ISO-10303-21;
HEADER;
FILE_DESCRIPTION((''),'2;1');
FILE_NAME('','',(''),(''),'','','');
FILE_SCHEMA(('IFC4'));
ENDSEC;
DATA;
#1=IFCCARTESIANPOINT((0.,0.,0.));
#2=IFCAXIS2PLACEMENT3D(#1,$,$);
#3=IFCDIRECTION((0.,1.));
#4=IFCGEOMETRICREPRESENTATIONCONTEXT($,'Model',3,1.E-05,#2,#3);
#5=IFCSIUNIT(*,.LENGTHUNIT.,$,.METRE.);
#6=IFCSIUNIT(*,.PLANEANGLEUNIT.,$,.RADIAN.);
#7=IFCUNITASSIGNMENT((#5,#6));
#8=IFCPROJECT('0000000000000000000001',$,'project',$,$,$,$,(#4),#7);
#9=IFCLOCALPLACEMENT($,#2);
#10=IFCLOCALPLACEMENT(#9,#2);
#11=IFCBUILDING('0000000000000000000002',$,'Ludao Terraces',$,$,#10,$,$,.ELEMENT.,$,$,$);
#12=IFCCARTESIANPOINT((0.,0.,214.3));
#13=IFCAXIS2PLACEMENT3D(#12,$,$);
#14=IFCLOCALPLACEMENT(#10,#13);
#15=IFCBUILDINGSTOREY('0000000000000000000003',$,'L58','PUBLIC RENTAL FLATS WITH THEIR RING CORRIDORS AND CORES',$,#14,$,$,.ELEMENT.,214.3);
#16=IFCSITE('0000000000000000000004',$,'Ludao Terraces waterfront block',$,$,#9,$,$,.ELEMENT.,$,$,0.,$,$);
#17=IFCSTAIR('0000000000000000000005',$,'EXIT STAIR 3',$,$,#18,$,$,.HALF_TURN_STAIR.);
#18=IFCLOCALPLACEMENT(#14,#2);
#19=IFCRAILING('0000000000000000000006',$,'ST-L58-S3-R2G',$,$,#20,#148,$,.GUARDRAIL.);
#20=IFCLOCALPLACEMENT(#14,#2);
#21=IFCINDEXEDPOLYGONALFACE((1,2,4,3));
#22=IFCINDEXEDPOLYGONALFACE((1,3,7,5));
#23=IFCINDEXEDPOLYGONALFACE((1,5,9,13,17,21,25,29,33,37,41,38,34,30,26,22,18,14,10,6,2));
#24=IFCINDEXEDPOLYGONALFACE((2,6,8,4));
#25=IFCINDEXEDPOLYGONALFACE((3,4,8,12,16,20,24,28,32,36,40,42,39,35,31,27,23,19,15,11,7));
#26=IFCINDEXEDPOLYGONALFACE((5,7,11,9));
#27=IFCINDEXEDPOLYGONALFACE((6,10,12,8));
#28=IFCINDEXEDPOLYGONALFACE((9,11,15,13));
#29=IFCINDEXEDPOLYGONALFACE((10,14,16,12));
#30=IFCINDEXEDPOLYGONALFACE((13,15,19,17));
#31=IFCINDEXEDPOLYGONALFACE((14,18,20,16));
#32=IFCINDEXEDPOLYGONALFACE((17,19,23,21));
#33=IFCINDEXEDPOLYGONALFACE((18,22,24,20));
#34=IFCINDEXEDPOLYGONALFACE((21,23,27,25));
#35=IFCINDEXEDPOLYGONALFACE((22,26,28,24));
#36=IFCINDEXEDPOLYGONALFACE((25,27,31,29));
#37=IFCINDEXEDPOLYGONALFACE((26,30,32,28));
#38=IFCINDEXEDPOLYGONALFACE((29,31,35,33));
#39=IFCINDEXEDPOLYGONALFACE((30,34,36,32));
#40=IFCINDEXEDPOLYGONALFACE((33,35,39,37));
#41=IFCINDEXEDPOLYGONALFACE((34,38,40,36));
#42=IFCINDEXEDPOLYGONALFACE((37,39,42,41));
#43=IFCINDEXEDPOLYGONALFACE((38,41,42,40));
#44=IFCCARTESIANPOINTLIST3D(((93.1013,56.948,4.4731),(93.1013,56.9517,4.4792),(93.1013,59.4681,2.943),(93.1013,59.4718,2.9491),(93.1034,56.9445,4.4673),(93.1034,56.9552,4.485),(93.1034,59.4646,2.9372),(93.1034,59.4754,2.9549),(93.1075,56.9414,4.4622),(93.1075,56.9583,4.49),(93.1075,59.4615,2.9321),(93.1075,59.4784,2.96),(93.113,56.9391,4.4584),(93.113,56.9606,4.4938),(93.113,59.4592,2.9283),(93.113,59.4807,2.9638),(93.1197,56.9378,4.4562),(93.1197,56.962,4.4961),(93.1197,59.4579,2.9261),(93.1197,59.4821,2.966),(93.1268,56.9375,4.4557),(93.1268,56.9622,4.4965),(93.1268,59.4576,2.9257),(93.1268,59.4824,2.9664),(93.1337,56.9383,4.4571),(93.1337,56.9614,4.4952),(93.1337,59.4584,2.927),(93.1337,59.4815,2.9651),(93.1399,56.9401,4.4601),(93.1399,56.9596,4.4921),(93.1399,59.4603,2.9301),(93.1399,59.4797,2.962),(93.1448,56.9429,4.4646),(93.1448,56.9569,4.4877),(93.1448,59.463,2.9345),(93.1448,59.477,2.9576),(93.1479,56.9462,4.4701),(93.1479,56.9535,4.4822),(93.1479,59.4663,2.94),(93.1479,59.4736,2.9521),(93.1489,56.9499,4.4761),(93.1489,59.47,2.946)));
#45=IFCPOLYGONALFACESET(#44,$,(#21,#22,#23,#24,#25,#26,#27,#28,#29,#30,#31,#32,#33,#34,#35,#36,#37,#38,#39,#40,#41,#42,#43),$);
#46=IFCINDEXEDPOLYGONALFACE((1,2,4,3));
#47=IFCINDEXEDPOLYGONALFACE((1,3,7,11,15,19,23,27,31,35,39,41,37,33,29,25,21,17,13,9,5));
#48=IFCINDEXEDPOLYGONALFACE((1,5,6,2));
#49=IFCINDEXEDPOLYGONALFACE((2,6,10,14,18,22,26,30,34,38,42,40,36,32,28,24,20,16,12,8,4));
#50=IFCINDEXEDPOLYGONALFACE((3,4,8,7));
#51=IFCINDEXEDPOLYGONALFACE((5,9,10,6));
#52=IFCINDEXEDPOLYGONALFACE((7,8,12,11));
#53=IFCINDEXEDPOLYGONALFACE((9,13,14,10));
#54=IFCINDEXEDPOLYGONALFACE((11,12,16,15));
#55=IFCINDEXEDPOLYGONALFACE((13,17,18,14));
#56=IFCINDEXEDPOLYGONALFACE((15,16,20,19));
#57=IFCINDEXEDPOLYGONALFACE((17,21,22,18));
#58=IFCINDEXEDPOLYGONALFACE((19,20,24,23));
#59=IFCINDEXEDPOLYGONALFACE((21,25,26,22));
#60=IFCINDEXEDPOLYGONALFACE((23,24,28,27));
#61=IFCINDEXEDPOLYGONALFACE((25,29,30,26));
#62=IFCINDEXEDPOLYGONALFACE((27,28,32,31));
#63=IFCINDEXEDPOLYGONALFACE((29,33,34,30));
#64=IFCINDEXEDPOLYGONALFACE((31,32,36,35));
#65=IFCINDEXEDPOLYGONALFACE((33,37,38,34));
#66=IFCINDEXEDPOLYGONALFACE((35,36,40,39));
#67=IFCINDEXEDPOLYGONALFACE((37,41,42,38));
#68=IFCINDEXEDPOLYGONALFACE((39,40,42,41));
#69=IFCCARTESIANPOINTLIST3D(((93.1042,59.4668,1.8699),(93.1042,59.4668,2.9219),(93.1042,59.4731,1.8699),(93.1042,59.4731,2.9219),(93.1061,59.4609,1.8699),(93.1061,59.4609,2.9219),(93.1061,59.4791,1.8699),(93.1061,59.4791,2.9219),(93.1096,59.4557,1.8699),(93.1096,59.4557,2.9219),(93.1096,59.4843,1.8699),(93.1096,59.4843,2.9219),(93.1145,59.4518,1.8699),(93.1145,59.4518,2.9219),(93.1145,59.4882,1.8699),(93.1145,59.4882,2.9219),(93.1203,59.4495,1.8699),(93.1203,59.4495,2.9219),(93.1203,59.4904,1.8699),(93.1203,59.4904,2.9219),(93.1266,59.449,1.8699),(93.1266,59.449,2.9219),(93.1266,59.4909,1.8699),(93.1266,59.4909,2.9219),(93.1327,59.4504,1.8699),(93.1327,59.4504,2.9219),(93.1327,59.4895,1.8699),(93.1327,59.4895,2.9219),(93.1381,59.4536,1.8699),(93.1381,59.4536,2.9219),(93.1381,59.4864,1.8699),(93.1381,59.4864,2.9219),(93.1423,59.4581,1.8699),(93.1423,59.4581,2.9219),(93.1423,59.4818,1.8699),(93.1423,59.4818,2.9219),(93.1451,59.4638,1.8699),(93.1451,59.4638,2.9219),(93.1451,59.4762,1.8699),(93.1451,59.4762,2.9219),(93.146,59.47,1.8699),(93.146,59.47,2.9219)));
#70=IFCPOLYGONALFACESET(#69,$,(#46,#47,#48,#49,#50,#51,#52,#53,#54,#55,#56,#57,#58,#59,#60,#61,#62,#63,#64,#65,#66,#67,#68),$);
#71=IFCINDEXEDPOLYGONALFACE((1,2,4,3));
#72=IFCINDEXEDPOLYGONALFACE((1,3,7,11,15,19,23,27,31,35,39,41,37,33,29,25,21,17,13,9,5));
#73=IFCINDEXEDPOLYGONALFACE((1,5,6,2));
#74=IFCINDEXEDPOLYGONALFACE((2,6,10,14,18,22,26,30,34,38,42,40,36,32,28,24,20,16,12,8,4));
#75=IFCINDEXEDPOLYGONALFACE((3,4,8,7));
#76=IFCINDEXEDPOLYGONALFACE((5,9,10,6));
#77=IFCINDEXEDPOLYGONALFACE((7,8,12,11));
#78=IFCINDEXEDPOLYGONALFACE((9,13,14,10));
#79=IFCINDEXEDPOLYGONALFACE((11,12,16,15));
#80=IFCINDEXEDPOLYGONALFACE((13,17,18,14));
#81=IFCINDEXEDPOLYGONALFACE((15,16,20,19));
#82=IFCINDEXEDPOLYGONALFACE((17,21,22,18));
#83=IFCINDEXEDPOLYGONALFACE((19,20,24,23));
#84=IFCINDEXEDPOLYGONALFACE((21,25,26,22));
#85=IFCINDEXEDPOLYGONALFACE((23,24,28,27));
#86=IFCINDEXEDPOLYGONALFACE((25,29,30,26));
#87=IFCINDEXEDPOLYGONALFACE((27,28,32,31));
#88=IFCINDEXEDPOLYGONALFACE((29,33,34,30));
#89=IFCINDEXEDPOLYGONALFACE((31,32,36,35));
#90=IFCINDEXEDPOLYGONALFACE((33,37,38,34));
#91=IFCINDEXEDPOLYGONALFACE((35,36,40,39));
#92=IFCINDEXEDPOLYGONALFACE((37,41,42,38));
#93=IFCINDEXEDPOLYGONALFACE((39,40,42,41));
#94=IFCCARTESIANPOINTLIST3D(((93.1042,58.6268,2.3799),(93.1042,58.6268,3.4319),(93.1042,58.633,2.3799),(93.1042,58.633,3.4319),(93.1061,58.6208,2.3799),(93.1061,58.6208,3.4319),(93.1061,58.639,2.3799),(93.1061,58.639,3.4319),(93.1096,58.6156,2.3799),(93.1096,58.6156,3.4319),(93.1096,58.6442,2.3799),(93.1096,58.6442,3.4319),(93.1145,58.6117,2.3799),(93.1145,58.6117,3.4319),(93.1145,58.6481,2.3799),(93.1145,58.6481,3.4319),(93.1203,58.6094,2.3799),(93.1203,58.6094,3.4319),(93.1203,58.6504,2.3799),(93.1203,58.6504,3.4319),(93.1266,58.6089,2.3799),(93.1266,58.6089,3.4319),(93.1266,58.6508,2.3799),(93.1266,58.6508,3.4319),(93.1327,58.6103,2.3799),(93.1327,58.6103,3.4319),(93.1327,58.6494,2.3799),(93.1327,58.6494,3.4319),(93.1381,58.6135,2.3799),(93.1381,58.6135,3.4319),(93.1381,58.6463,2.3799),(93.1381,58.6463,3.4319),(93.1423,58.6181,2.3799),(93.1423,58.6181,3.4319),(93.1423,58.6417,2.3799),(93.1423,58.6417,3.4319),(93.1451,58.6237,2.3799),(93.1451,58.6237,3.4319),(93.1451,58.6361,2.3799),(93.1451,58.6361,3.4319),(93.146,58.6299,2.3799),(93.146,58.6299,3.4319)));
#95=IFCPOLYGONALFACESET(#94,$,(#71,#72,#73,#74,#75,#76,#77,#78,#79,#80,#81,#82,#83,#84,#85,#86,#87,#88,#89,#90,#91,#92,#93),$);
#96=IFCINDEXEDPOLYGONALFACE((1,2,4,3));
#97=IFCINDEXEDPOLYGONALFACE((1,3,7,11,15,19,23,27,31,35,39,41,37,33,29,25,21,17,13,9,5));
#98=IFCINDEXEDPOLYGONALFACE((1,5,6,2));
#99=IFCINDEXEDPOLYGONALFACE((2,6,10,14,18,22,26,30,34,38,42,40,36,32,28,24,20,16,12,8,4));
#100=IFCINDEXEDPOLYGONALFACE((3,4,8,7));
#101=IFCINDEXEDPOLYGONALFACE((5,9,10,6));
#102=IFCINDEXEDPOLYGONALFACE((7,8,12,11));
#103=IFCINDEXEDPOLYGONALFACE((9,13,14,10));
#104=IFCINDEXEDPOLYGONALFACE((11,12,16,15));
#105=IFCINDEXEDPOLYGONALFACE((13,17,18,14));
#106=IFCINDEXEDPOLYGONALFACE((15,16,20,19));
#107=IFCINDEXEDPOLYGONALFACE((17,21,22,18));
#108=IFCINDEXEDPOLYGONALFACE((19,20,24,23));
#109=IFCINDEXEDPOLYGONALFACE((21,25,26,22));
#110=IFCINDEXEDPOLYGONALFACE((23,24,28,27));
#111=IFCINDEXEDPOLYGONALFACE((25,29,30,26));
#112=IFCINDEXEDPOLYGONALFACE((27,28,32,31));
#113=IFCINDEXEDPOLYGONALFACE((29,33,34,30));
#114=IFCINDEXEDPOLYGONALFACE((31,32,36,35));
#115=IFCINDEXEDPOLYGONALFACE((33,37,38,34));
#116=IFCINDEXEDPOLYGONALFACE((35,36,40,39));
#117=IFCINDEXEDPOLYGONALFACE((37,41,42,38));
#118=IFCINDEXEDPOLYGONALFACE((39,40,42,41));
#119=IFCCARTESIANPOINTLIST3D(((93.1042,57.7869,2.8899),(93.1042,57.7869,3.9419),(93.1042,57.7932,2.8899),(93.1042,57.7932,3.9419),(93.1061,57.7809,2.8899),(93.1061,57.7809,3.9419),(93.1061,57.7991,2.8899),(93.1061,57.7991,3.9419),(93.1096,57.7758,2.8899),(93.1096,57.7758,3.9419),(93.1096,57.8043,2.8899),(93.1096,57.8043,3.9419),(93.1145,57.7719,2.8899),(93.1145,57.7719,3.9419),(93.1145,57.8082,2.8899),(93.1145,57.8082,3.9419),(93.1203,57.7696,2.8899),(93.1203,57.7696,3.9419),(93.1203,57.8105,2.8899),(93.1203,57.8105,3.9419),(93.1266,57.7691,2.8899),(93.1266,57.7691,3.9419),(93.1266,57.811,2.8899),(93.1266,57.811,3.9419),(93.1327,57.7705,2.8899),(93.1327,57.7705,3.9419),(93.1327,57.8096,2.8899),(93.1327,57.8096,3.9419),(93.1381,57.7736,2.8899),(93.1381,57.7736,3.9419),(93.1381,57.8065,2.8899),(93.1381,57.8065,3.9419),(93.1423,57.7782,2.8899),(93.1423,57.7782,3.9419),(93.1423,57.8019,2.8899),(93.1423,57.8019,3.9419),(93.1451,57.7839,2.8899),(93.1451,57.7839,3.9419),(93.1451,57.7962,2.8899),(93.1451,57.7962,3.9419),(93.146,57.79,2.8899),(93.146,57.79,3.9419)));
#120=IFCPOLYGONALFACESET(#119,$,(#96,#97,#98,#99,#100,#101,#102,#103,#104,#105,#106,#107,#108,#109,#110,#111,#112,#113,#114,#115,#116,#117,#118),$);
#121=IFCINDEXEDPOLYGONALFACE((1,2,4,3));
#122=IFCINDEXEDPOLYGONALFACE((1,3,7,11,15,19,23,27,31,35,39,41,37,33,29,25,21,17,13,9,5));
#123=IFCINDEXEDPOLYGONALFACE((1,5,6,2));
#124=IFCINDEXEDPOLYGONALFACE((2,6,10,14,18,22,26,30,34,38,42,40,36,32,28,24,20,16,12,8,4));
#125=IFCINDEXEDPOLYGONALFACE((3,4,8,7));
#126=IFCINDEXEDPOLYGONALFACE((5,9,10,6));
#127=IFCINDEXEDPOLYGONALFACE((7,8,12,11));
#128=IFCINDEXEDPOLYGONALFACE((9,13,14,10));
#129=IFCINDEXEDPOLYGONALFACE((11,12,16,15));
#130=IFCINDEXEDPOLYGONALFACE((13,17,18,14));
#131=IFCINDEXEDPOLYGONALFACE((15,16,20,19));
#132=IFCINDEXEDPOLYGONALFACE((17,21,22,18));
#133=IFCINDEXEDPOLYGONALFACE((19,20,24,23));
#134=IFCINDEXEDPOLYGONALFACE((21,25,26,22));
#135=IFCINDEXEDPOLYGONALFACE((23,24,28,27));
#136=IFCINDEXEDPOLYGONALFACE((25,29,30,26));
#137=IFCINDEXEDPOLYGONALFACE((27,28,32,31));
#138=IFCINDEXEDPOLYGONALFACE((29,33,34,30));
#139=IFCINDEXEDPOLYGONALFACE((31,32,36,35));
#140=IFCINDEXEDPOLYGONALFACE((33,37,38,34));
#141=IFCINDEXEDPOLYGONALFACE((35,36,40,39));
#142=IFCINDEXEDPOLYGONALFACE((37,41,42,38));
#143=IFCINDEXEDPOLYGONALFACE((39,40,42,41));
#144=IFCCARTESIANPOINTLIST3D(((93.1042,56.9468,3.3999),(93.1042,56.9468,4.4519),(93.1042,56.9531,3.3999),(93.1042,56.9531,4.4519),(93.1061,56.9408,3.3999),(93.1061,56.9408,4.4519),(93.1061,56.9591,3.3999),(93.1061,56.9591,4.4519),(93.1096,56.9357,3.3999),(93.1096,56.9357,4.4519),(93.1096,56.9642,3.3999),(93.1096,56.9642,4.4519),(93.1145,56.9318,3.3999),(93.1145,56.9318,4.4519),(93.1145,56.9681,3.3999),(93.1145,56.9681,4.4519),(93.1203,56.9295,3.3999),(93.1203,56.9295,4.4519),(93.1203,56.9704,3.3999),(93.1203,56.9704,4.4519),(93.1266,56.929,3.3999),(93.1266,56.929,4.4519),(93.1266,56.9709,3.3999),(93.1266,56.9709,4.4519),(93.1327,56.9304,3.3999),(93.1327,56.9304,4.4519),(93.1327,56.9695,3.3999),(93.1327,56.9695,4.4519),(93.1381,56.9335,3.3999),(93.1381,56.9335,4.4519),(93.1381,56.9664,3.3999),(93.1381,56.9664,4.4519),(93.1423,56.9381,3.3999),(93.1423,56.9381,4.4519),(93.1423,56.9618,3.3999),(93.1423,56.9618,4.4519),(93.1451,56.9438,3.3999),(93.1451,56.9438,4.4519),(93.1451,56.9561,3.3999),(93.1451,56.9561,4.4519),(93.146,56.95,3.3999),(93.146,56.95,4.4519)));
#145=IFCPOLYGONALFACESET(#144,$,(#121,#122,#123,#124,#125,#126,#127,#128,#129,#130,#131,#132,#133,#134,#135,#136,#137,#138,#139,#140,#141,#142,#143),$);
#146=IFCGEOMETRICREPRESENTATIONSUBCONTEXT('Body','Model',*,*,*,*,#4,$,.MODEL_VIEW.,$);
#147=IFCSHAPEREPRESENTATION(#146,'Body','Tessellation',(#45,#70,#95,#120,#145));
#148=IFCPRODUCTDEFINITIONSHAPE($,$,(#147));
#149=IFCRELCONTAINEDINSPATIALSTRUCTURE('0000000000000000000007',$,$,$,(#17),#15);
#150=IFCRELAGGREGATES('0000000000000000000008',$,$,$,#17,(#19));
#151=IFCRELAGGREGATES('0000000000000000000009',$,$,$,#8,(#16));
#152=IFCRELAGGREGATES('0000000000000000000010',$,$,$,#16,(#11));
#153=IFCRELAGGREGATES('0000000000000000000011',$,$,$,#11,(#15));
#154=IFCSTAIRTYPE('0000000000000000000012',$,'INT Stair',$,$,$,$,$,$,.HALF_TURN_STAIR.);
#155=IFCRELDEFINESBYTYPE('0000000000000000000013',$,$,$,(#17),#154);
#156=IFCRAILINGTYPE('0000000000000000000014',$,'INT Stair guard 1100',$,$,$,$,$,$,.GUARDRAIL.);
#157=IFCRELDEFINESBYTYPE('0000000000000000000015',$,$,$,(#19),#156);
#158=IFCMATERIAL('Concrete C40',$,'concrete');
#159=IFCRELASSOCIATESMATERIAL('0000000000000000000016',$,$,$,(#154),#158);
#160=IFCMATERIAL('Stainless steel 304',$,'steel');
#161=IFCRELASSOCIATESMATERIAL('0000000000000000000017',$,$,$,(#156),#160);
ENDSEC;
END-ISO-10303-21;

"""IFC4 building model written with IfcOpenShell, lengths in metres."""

from ifc_helpers import new_model, si_unit, direction, frame, origin, origin_2d, place, context, subcontext, project, spatial, circle, extrude, material, type_object, element, aggregate, save


model = new_model("IFC4")

# Units and contexts
model_context = context("Model", 3, precision=1e-05, world=origin(), true_north=direction((0.0, 1.0)))
body_context = subcontext(model_context, "Body", "Model", "MODEL_VIEW")
ifc_project = project(units=[si_unit("LENGTHUNIT", "METRE"), si_unit("PLANEANGLEUNIT", "RADIAN")], contexts=[model_context])

# Site, building, storey
site_placement = place(None, origin())
site = spatial("IfcSite", under=ifc_project, at=site_placement, Name="Ludao Terraces waterfront block", CompositionType="ELEMENT", RefElevation=0.0)
building_placement = place(site_placement, origin())
building = spatial("IfcBuilding", under=site, at=building_placement, Name="Ludao Terraces", CompositionType="ELEMENT")
storey_placement = place(building_placement, frame((0.0, 0.0, 214.3)))
storey = spatial("IfcBuildingStorey", under=building, at=storey_placement, Name="L58", Description="PUBLIC RENTAL FLATS WITH THEIR RING CORRIDORS AND CORES", CompositionType="ELEMENT", Elevation=214.3)

# Shared definitions
ifc_material_1 = material(Name="Concrete C40", Category="concrete")

# Stair, railing
stair_type = type_object("IfcStairType", Name="INT Stair", PredefinedType="HALF_TURN_STAIR", material=ifc_material_1)
stair_placement = place(storey_placement, origin())
stair = element("IfcStair", 1, at=stair_placement, inside=storey, type_object=stair_type, Name="EXIT STAIR 3", PredefinedType="HALF_TURN_STAIR")
ifc_material_2 = material(Name="Stainless steel 304", Category="steel")
railing_type_1 = type_object("IfcRailingType", Name="INT Stair guard 1100", PredefinedType="GUARDRAIL", material=ifc_material_2)
railing_1_placement = place(storey_placement, frame((93.125, 59.47, 1.8699)))
railing_1 = element("IfcRailing", 2, at=railing_1_placement, type_object=railing_type_1, Name="ST-L58-S3-R2G", PredefinedType="GUARDRAIL", context=body_context, shape_type="SweptSolid", body=[
    extrude(circle(Radius=0.0239, at=origin_2d()), frame((0.0, 0.0, 1.0762), z_axis=(0.0, -0.854785, 0.518982), x_axis=(1.0, 0.0, 0.0)), (0.0, 0.0, 1.0), 2.9482),
    extrude(circle(Radius=0.021, at=origin_2d()), origin(), (0.0, 0.0, 1.0), 1.052),
    extrude(circle(Radius=0.021, at=origin_2d()), frame((0.0, -0.8401, 0.51)), (0.0, 0.0, 1.0), 1.052),
    extrude(circle(Radius=0.021, at=origin_2d()), frame((0.0, -1.6799, 1.02)), (0.0, 0.0, 1.0), 1.052),
    extrude(circle(Radius=0.021, at=origin_2d()), frame((0.0, -2.52, 1.53)), (0.0, 0.0, 1.0), 1.052),
])
aggregate(stair, [railing_1])

save(model, "model.ifc")
